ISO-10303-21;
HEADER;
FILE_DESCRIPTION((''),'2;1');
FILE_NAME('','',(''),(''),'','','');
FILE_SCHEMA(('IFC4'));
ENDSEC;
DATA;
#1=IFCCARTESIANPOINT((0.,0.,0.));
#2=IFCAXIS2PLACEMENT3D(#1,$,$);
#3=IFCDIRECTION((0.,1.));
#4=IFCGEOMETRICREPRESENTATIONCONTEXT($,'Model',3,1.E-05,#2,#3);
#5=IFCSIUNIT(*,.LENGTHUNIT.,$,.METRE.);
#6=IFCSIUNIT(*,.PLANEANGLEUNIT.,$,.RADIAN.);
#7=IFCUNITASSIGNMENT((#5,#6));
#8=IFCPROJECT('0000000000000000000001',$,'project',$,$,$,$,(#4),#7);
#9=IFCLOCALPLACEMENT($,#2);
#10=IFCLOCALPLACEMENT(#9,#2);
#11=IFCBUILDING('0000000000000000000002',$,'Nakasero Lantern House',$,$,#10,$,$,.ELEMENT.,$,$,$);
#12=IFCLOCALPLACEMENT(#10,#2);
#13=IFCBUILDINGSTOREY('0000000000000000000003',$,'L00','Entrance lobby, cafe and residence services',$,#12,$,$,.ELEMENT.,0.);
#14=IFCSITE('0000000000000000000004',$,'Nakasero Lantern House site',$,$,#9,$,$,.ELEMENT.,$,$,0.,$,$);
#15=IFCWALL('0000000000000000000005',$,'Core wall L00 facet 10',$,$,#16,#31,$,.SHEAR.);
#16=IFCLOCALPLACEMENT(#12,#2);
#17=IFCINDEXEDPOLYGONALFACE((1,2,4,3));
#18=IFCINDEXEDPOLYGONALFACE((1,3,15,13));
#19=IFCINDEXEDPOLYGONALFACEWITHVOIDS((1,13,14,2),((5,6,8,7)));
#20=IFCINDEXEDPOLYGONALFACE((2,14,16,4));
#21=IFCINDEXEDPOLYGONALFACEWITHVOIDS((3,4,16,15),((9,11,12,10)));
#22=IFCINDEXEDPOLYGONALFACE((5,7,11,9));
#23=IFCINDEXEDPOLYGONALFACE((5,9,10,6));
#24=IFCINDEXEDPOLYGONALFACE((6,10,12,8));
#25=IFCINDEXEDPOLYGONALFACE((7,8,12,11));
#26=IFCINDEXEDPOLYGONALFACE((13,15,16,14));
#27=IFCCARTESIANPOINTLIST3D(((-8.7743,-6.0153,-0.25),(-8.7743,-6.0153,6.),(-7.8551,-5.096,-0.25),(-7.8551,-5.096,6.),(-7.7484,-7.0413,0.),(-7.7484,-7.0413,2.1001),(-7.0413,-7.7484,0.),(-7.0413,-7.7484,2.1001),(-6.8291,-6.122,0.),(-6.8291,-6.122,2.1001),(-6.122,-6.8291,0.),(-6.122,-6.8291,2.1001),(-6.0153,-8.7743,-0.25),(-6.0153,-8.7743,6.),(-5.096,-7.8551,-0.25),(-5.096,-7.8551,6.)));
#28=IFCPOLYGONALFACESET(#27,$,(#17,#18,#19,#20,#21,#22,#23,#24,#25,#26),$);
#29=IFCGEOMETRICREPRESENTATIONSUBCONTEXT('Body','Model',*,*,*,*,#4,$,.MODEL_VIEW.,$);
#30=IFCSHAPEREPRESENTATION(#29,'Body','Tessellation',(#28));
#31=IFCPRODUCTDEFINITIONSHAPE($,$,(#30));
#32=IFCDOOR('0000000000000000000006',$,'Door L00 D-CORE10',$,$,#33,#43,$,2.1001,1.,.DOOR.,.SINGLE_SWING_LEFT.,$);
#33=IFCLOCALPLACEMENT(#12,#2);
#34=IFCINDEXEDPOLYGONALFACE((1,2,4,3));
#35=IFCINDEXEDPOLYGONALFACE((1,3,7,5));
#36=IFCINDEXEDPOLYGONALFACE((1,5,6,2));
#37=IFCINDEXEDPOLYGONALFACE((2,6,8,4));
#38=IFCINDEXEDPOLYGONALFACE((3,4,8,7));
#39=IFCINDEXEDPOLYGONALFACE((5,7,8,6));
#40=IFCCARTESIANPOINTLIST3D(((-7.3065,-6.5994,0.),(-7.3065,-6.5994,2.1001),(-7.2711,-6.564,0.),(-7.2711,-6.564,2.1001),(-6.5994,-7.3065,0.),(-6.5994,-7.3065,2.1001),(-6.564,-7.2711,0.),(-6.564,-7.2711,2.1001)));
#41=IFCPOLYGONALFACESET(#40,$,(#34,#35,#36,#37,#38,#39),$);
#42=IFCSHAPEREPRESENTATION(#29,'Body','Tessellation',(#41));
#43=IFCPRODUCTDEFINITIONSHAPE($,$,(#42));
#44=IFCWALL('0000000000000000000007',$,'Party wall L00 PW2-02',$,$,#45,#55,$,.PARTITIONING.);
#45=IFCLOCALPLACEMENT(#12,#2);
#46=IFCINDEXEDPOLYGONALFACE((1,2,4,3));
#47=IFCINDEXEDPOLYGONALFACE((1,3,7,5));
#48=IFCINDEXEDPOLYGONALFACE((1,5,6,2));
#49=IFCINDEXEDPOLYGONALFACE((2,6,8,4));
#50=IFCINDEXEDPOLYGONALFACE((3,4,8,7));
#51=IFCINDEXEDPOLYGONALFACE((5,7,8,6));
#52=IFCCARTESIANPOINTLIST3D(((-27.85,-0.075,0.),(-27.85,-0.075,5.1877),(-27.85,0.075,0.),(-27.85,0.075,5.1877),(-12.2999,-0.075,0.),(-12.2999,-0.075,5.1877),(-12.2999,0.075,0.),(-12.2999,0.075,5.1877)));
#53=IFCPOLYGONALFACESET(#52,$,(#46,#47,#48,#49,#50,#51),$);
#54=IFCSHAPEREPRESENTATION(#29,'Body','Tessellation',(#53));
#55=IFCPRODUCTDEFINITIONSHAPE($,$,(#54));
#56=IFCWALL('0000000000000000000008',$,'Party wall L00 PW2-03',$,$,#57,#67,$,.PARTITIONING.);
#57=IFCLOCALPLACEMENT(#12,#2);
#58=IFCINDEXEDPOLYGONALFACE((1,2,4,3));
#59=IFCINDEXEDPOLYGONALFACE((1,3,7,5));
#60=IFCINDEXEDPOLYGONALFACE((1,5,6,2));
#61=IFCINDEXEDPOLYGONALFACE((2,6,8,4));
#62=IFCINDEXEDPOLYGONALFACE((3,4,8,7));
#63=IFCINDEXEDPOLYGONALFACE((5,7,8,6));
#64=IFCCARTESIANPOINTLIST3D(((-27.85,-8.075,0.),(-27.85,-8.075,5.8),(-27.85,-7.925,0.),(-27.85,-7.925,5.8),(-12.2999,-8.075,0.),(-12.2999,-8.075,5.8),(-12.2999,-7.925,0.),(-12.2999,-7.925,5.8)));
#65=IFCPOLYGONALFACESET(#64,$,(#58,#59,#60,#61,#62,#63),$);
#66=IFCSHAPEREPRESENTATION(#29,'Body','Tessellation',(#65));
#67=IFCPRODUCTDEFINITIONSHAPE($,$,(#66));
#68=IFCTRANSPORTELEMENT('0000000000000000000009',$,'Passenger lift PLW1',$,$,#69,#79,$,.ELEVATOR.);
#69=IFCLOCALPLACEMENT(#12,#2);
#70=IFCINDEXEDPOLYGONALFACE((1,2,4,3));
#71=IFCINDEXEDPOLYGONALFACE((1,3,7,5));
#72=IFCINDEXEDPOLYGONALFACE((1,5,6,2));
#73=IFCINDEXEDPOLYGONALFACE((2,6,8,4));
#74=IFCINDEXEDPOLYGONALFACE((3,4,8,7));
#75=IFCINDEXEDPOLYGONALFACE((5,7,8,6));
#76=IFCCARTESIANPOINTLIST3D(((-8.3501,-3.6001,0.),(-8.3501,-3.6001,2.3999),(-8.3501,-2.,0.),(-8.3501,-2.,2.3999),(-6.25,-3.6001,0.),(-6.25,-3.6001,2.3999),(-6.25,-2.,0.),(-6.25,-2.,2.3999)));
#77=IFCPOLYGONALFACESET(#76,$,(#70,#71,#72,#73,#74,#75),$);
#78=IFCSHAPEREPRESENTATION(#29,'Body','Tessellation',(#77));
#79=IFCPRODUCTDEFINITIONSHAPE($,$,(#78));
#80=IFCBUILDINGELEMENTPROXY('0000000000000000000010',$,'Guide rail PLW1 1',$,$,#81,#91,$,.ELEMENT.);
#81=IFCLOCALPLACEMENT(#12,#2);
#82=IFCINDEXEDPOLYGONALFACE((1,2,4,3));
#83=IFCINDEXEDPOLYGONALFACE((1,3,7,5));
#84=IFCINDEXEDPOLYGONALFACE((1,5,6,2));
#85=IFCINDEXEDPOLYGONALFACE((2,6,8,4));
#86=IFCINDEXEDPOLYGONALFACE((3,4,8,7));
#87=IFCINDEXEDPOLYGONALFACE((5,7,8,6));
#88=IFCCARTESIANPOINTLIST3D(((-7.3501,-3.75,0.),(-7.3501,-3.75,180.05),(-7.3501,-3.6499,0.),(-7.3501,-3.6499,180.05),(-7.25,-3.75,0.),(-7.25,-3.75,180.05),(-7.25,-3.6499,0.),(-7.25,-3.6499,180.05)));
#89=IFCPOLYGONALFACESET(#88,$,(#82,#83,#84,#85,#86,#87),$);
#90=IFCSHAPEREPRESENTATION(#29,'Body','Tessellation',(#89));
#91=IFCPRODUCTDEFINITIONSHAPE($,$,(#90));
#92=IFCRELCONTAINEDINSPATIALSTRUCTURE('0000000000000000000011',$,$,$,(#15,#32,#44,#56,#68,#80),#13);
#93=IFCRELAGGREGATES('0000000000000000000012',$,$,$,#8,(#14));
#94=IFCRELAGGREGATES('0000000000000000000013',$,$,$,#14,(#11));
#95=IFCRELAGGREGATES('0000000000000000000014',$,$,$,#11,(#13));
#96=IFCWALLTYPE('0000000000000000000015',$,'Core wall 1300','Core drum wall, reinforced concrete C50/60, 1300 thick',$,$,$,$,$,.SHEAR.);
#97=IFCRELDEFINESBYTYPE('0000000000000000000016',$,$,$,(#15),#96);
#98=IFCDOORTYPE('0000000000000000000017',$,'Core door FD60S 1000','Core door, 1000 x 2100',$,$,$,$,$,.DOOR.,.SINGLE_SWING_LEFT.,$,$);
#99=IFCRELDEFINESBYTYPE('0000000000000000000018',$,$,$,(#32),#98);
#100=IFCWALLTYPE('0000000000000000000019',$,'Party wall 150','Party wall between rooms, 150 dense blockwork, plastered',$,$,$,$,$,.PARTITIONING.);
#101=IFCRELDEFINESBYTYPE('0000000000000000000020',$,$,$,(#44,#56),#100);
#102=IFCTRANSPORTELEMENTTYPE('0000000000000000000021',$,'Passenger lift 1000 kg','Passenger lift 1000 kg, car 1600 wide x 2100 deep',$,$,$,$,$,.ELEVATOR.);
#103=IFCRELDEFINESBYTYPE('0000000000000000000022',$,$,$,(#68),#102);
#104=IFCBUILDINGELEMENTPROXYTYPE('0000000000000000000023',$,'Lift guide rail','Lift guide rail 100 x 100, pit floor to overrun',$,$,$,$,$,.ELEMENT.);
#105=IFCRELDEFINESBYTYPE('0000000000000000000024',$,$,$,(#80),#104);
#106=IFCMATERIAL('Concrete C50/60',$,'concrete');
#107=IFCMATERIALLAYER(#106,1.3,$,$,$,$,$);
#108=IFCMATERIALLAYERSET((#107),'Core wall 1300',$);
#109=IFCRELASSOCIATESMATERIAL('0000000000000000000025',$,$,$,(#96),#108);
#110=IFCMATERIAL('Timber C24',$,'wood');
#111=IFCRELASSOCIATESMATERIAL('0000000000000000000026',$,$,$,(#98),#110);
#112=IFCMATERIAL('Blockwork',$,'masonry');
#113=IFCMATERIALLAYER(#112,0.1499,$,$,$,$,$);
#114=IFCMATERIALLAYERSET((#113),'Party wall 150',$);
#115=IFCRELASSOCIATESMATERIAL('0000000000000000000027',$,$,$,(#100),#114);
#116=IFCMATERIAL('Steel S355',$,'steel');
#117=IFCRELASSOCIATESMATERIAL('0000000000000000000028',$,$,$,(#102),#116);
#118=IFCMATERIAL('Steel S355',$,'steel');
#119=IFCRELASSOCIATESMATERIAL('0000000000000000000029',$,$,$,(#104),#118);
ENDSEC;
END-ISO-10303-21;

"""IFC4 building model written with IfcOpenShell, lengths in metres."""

from ifc_helpers import new_model, si_unit, direction, frame, frame_2d, origin, origin_2d, place, context, subcontext, project, spatial, rectangle, extrude, material, layer, layer_set, type_object, element, fill, save


model = new_model("IFC4")

# Units and contexts
model_context = context("Model", 3, precision=1e-05, world=origin(), true_north=direction((0.0, 1.0)))
body_context = subcontext(model_context, "Body", "Model", "MODEL_VIEW")
ifc_project = project(units=[si_unit("LENGTHUNIT", "METRE"), si_unit("PLANEANGLEUNIT", "RADIAN")], contexts=[model_context])

# Site, building, storey
site_placement = place(None, origin())
site = spatial("IfcSite", under=ifc_project, at=site_placement, Name="Nakasero Lantern House site", CompositionType="ELEMENT", RefElevation=0.0)
building_placement = place(site_placement, origin())
building = spatial("IfcBuilding", under=site, at=building_placement, Name="Nakasero Lantern House", CompositionType="ELEMENT")
storey_placement = place(building_placement, origin())
storey = spatial("IfcBuildingStorey", under=building, at=storey_placement, Name="L00", Description="Entrance lobby, cafe and residence services", CompositionType="ELEMENT", Elevation=0.0)

# Shared definitions
ifc_material_1 = material(Name="Concrete C50/60", Category="concrete")
ifc_layer_1 = layer(ifc_material_1, 1.3)
ifc_layer_set_1 = layer_set([ifc_layer_1], Name="Core wall 1300")
wall_type_1 = type_object("IfcWallType", Name="Core wall 1300", Description="Core drum wall, reinforced concrete C50/60, 1300 thick", PredefinedType="SHEAR", material=ifc_layer_set_1)

# Wall, opening, door
wall_1_placement = place(storey_placement, frame((-8.3147, -5.5557, -0.25), z_axis=(0.0, 0.0, 1.0), x_axis=(0.707107, -0.707107, 0.0)))
wall_1 = element("IfcWall", 1, at=wall_1_placement, inside=storey, type_object=wall_type_1, Name="Core wall L00 facet 10", PredefinedType="SHEAR", context=body_context, shape_type="SweptSolid", body=[
    extrude(rectangle(XDim=3.9019, YDim=1.3, at=frame_2d((1.9509, 0.0))), origin(), (0.0, 0.0, 1.0), 6.25),
])
opening_placement = place(wall_1_placement, frame((1.4509, 0.0, 0.25)))
opening = element("IfcOpeningElement", 2, at=opening_placement, cuts=wall_1, PredefinedType="OPENING", context=body_context, shape_type="SweptSolid", body=[
    extrude(rectangle(XDim=1.0, YDim=2.1001, at=frame_2d((0.5, 1.05))), frame((0.0, 0.6699, 0.0), z_axis=(0.0, -1.0, 0.0), x_axis=(1.0, 0.0, 0.0)), (0.0, 0.0, 1.0), 1.3401),
])
ifc_material_2 = material(Name="Timber C24", Category="wood")
door_type = type_object("IfcDoorType", Name="Core door FD60S 1000", Description="Core door, 1000 x 2100", OperationType="SINGLE_SWING_LEFT", PredefinedType="DOOR", material=ifc_material_2)
door_placement = place(opening_placement, origin())
door = element("IfcDoor", 3, at=door_placement, inside=storey, type_object=door_type, Name="Door L00 D-CORE10", OperationType="SINGLE_SWING_LEFT", OverallHeight=2.1001, OverallWidth=1.0, PredefinedType="DOOR", context=body_context, shape_type="SweptSolid", body=[
    extrude(rectangle(XDim=1.0, YDim=2.1001, at=frame_2d((0.5, 1.05))), frame((0.0, 0.0249, 0.0), z_axis=(0.0, -1.0, 0.0), x_axis=(1.0, 0.0, 0.0)), (0.0, 0.0, 1.0), 0.05),
])
fill(opening, door)

# Walls
ifc_material_3 = material(Name="Blockwork", Category="masonry")
ifc_layer_2 = layer(ifc_material_3, 0.1499)
ifc_layer_set_2 = layer_set([ifc_layer_2], Name="Party wall 150")
wall_type_2 = type_object("IfcWallType", Name="Party wall 150", Description="Party wall between rooms, 150 dense blockwork, plastered", PredefinedType="PARTITIONING", material=ifc_layer_set_2)
wall_2_placement = place(storey_placement, frame((-12.3, 0.0, 0.0), z_axis=(0.0, 0.0, 1.0), x_axis=(-1.0, 0.0, 0.0)))
element("IfcWall", 4, at=wall_2_placement, inside=storey, type_object=wall_type_2, Name="Party wall L00 PW2-02", PredefinedType="PARTITIONING", context=body_context, shape_type="SweptSolid", body=[
    extrude(rectangle(XDim=15.55, YDim=0.1499, at=frame_2d((7.7749, 0.0))), origin(), (0.0, 0.0, 1.0), 5.1877),
])
wall_3_placement = place(storey_placement, frame((-12.3, -8.0, 0.0), z_axis=(0.0, 0.0, 1.0), x_axis=(-1.0, 0.0, 0.0)))
element("IfcWall", 5, at=wall_3_placement, inside=storey, type_object=wall_type_2, Name="Party wall L00 PW2-03", PredefinedType="PARTITIONING", context=body_context, shape_type="SweptSolid", body=[
    extrude(rectangle(XDim=15.55, YDim=0.1499, at=frame_2d((7.7749, 0.0))), origin(), (0.0, 0.0, 1.0), 5.8),
])

# Transport element
ifc_material_4 = material(Name="Steel S355", Category="steel")
transport_element_type = type_object("IfcTransportElementType", Name="Passenger lift 1000 kg", Description="Passenger lift 1000 kg, car 1600 wide x 2100 deep", PredefinedType="ELEVATOR", material=ifc_material_4)
transport_element_placement = place(storey_placement, frame((-7.3, -2.8, 0.0), z_axis=(0.0, 0.0, 1.0), x_axis=(1.0, 0.0, 0.0)))
element("IfcTransportElement", 6, at=transport_element_placement, inside=storey, type_object=transport_element_type, Name="Passenger lift PLW1", PredefinedType="ELEVATOR", context=body_context, shape_type="SweptSolid", body=[
    extrude(rectangle(XDim=2.1001, YDim=1.6001, at=origin_2d()), origin(), (0.0, 0.0, 1.0), 2.3999),
])

# Building element proxy
ifc_material_5 = material(Name="Steel S355", Category="steel")
building_element_proxy_type = type_object("IfcBuildingElementProxyType", Name="Lift guide rail", Description="Lift guide rail 100 x 100, pit floor to overrun", PredefinedType="ELEMENT", material=ifc_material_5)
proxy_placement = place(storey_placement, frame((-7.3, -3.7, 0.0), z_axis=(0.0, 0.0, 1.0), x_axis=(1.0, 0.0, 0.0)))
element("IfcBuildingElementProxy", 7, at=proxy_placement, inside=storey, type_object=building_element_proxy_type, Name="Guide rail PLW1 1", PredefinedType="ELEMENT", context=body_context, shape_type="SweptSolid", body=[
    extrude(rectangle(XDim=0.1001, YDim=0.1001, at=origin_2d()), origin(), (0.0, 0.0, 1.0), 180.05),
])

save(model, "model.ifc")
